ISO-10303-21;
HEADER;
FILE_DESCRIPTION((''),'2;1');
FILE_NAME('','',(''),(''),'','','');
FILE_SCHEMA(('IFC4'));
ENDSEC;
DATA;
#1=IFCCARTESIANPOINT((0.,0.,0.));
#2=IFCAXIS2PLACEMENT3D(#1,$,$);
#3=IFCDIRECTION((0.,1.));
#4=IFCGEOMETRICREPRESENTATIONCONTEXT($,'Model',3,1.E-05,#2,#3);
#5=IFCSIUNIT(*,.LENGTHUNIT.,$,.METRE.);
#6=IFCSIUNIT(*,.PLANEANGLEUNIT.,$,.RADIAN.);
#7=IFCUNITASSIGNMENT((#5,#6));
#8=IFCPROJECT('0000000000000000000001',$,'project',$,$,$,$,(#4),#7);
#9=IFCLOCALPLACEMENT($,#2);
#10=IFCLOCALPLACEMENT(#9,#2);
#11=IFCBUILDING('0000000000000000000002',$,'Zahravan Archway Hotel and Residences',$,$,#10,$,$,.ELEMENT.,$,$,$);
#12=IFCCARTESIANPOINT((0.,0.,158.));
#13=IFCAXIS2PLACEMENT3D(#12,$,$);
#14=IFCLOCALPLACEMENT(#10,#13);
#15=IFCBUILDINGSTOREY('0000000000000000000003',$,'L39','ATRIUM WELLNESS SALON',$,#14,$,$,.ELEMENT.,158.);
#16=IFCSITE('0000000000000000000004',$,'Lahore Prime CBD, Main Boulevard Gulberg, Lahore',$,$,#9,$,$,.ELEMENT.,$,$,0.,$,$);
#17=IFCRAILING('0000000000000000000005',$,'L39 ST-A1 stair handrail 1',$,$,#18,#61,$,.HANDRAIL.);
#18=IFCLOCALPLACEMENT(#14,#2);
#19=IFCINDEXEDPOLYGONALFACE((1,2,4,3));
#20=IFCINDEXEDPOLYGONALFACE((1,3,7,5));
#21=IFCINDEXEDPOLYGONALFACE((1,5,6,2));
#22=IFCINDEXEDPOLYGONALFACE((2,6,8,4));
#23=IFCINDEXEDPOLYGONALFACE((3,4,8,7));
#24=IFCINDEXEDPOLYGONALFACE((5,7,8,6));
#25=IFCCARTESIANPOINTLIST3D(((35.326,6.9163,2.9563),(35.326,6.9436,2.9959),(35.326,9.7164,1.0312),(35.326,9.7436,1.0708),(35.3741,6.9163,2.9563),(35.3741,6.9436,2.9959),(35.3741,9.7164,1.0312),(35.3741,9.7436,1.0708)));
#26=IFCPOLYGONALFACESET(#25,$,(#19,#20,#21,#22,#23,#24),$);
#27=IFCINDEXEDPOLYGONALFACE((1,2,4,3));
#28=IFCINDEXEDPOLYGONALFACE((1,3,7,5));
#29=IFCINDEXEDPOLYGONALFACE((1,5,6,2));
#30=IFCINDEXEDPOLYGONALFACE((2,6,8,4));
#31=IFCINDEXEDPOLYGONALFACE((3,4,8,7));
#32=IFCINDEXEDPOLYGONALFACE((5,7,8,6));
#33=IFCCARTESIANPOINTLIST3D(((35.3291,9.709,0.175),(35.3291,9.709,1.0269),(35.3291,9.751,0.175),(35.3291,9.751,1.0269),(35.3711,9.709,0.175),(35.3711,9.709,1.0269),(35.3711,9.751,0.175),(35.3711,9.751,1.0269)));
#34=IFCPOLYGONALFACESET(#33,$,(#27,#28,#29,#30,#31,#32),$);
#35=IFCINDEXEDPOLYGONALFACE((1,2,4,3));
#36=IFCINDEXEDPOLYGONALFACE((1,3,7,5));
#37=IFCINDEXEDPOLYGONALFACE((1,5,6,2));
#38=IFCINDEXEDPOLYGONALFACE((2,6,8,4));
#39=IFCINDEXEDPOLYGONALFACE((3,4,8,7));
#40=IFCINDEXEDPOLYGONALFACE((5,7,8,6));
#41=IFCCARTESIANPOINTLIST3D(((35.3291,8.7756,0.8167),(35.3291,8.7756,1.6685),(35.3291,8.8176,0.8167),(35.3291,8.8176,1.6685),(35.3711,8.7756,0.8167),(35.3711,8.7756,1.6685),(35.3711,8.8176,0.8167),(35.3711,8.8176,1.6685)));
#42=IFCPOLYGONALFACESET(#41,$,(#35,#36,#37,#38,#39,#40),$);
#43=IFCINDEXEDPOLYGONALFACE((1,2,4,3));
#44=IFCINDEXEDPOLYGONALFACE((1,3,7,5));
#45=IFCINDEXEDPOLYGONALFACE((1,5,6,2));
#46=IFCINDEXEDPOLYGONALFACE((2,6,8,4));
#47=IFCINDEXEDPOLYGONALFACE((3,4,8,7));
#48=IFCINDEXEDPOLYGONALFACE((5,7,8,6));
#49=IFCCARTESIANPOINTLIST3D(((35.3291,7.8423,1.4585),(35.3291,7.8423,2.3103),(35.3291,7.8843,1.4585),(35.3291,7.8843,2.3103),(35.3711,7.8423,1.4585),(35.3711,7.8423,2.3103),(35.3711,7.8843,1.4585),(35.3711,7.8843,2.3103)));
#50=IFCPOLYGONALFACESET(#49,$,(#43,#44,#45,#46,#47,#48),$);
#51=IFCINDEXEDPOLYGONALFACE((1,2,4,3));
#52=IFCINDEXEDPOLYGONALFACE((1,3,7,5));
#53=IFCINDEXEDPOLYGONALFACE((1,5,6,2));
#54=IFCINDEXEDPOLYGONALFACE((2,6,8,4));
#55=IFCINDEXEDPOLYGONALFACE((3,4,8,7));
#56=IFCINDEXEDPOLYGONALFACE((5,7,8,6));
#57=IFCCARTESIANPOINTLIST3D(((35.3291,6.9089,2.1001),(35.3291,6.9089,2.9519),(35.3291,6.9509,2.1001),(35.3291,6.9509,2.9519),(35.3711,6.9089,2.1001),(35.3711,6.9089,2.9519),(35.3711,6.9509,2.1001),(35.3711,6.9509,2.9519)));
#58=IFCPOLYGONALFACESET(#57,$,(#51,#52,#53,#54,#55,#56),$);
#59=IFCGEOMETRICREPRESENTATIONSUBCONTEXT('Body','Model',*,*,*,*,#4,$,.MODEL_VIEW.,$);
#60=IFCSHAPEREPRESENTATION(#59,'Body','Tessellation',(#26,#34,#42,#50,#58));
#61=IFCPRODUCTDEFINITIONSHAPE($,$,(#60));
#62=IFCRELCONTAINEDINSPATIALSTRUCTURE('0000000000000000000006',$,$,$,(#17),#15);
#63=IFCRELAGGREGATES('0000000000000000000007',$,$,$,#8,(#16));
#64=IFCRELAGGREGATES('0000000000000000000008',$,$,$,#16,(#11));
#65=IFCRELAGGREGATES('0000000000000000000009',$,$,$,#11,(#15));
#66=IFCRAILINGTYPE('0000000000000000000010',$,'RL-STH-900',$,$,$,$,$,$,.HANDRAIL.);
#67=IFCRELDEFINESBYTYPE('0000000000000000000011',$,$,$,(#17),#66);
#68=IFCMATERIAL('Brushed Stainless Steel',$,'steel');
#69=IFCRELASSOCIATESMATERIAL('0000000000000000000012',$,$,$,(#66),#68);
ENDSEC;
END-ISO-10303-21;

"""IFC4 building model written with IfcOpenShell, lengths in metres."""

from ifc_helpers import new_model, si_unit, direction, frame, origin, origin_2d, place, context, subcontext, project, spatial, rectangle, extrude, material, type_object, element, save


model = new_model("IFC4")

# Units and contexts
model_context = context("Model", 3, precision=1e-05, world=origin(), true_north=direction((0.0, 1.0)))
body_context = subcontext(model_context, "Body", "Model", "MODEL_VIEW")
ifc_project = project(units=[si_unit("LENGTHUNIT", "METRE"), si_unit("PLANEANGLEUNIT", "RADIAN")], contexts=[model_context])

# Site, building, storey
site_placement = place(None, origin())
site = spatial("IfcSite", under=ifc_project, at=site_placement, Name="Lahore Prime CBD, Main Boulevard Gulberg, Lahore", CompositionType="ELEMENT", RefElevation=0.0)
building_placement = place(site_placement, origin())
building = spatial("IfcBuilding", under=site, at=building_placement, Name="Zahravan Archway Hotel and Residences", CompositionType="ELEMENT")
storey_placement = place(building_placement, frame((0.0, 0.0, 158.0)))
storey = spatial("IfcBuildingStorey", under=building, at=storey_placement, Name="L39", Description="ATRIUM WELLNESS SALON", CompositionType="ELEMENT", Elevation=158.0)

# Railing
ifc_material_1 = material(Name="Brushed Stainless Steel", Category="steel")
railing_type = type_object("IfcRailingType", Name="RL-STH-900", PredefinedType="HANDRAIL", material=ifc_material_1)
railing_placement = place(storey_placement, frame((35.3501, 9.73, 0.175)))
element("IfcRailing", 1, at=railing_placement, inside=storey, type_object=railing_type, Name="L39 ST-A1 stair handrail 1", PredefinedType="HANDRAIL", context=body_context, shape_type="SweptSolid", body=[
    extrude(rectangle(XDim=0.0481, YDim=0.0481, at=origin_2d()), frame((0.0, 0.0, 0.876), z_axis=(0.0, -0.82404, 0.566532), x_axis=(1.0, 0.0, 0.0)), (0.0, 0.0, 1.0), 3.3979),
    extrude(rectangle(XDim=0.042, YDim=0.042, at=origin_2d()), origin(), (0.0, 0.0, 1.0), 0.8518),
    extrude(rectangle(XDim=0.042, YDim=0.042, at=origin_2d()), frame((0.0, -0.9333, 0.6416)), (0.0, 0.0, 1.0), 0.8518),
    extrude(rectangle(XDim=0.042, YDim=0.042, at=origin_2d()), frame((0.0, -1.8667, 1.2834)), (0.0, 0.0, 1.0), 0.8518),
    extrude(rectangle(XDim=0.042, YDim=0.042, at=origin_2d()), frame((0.0, -2.8, 1.925)), (0.0, 0.0, 1.0), 0.8518),
])

save(model, "model.ifc")
